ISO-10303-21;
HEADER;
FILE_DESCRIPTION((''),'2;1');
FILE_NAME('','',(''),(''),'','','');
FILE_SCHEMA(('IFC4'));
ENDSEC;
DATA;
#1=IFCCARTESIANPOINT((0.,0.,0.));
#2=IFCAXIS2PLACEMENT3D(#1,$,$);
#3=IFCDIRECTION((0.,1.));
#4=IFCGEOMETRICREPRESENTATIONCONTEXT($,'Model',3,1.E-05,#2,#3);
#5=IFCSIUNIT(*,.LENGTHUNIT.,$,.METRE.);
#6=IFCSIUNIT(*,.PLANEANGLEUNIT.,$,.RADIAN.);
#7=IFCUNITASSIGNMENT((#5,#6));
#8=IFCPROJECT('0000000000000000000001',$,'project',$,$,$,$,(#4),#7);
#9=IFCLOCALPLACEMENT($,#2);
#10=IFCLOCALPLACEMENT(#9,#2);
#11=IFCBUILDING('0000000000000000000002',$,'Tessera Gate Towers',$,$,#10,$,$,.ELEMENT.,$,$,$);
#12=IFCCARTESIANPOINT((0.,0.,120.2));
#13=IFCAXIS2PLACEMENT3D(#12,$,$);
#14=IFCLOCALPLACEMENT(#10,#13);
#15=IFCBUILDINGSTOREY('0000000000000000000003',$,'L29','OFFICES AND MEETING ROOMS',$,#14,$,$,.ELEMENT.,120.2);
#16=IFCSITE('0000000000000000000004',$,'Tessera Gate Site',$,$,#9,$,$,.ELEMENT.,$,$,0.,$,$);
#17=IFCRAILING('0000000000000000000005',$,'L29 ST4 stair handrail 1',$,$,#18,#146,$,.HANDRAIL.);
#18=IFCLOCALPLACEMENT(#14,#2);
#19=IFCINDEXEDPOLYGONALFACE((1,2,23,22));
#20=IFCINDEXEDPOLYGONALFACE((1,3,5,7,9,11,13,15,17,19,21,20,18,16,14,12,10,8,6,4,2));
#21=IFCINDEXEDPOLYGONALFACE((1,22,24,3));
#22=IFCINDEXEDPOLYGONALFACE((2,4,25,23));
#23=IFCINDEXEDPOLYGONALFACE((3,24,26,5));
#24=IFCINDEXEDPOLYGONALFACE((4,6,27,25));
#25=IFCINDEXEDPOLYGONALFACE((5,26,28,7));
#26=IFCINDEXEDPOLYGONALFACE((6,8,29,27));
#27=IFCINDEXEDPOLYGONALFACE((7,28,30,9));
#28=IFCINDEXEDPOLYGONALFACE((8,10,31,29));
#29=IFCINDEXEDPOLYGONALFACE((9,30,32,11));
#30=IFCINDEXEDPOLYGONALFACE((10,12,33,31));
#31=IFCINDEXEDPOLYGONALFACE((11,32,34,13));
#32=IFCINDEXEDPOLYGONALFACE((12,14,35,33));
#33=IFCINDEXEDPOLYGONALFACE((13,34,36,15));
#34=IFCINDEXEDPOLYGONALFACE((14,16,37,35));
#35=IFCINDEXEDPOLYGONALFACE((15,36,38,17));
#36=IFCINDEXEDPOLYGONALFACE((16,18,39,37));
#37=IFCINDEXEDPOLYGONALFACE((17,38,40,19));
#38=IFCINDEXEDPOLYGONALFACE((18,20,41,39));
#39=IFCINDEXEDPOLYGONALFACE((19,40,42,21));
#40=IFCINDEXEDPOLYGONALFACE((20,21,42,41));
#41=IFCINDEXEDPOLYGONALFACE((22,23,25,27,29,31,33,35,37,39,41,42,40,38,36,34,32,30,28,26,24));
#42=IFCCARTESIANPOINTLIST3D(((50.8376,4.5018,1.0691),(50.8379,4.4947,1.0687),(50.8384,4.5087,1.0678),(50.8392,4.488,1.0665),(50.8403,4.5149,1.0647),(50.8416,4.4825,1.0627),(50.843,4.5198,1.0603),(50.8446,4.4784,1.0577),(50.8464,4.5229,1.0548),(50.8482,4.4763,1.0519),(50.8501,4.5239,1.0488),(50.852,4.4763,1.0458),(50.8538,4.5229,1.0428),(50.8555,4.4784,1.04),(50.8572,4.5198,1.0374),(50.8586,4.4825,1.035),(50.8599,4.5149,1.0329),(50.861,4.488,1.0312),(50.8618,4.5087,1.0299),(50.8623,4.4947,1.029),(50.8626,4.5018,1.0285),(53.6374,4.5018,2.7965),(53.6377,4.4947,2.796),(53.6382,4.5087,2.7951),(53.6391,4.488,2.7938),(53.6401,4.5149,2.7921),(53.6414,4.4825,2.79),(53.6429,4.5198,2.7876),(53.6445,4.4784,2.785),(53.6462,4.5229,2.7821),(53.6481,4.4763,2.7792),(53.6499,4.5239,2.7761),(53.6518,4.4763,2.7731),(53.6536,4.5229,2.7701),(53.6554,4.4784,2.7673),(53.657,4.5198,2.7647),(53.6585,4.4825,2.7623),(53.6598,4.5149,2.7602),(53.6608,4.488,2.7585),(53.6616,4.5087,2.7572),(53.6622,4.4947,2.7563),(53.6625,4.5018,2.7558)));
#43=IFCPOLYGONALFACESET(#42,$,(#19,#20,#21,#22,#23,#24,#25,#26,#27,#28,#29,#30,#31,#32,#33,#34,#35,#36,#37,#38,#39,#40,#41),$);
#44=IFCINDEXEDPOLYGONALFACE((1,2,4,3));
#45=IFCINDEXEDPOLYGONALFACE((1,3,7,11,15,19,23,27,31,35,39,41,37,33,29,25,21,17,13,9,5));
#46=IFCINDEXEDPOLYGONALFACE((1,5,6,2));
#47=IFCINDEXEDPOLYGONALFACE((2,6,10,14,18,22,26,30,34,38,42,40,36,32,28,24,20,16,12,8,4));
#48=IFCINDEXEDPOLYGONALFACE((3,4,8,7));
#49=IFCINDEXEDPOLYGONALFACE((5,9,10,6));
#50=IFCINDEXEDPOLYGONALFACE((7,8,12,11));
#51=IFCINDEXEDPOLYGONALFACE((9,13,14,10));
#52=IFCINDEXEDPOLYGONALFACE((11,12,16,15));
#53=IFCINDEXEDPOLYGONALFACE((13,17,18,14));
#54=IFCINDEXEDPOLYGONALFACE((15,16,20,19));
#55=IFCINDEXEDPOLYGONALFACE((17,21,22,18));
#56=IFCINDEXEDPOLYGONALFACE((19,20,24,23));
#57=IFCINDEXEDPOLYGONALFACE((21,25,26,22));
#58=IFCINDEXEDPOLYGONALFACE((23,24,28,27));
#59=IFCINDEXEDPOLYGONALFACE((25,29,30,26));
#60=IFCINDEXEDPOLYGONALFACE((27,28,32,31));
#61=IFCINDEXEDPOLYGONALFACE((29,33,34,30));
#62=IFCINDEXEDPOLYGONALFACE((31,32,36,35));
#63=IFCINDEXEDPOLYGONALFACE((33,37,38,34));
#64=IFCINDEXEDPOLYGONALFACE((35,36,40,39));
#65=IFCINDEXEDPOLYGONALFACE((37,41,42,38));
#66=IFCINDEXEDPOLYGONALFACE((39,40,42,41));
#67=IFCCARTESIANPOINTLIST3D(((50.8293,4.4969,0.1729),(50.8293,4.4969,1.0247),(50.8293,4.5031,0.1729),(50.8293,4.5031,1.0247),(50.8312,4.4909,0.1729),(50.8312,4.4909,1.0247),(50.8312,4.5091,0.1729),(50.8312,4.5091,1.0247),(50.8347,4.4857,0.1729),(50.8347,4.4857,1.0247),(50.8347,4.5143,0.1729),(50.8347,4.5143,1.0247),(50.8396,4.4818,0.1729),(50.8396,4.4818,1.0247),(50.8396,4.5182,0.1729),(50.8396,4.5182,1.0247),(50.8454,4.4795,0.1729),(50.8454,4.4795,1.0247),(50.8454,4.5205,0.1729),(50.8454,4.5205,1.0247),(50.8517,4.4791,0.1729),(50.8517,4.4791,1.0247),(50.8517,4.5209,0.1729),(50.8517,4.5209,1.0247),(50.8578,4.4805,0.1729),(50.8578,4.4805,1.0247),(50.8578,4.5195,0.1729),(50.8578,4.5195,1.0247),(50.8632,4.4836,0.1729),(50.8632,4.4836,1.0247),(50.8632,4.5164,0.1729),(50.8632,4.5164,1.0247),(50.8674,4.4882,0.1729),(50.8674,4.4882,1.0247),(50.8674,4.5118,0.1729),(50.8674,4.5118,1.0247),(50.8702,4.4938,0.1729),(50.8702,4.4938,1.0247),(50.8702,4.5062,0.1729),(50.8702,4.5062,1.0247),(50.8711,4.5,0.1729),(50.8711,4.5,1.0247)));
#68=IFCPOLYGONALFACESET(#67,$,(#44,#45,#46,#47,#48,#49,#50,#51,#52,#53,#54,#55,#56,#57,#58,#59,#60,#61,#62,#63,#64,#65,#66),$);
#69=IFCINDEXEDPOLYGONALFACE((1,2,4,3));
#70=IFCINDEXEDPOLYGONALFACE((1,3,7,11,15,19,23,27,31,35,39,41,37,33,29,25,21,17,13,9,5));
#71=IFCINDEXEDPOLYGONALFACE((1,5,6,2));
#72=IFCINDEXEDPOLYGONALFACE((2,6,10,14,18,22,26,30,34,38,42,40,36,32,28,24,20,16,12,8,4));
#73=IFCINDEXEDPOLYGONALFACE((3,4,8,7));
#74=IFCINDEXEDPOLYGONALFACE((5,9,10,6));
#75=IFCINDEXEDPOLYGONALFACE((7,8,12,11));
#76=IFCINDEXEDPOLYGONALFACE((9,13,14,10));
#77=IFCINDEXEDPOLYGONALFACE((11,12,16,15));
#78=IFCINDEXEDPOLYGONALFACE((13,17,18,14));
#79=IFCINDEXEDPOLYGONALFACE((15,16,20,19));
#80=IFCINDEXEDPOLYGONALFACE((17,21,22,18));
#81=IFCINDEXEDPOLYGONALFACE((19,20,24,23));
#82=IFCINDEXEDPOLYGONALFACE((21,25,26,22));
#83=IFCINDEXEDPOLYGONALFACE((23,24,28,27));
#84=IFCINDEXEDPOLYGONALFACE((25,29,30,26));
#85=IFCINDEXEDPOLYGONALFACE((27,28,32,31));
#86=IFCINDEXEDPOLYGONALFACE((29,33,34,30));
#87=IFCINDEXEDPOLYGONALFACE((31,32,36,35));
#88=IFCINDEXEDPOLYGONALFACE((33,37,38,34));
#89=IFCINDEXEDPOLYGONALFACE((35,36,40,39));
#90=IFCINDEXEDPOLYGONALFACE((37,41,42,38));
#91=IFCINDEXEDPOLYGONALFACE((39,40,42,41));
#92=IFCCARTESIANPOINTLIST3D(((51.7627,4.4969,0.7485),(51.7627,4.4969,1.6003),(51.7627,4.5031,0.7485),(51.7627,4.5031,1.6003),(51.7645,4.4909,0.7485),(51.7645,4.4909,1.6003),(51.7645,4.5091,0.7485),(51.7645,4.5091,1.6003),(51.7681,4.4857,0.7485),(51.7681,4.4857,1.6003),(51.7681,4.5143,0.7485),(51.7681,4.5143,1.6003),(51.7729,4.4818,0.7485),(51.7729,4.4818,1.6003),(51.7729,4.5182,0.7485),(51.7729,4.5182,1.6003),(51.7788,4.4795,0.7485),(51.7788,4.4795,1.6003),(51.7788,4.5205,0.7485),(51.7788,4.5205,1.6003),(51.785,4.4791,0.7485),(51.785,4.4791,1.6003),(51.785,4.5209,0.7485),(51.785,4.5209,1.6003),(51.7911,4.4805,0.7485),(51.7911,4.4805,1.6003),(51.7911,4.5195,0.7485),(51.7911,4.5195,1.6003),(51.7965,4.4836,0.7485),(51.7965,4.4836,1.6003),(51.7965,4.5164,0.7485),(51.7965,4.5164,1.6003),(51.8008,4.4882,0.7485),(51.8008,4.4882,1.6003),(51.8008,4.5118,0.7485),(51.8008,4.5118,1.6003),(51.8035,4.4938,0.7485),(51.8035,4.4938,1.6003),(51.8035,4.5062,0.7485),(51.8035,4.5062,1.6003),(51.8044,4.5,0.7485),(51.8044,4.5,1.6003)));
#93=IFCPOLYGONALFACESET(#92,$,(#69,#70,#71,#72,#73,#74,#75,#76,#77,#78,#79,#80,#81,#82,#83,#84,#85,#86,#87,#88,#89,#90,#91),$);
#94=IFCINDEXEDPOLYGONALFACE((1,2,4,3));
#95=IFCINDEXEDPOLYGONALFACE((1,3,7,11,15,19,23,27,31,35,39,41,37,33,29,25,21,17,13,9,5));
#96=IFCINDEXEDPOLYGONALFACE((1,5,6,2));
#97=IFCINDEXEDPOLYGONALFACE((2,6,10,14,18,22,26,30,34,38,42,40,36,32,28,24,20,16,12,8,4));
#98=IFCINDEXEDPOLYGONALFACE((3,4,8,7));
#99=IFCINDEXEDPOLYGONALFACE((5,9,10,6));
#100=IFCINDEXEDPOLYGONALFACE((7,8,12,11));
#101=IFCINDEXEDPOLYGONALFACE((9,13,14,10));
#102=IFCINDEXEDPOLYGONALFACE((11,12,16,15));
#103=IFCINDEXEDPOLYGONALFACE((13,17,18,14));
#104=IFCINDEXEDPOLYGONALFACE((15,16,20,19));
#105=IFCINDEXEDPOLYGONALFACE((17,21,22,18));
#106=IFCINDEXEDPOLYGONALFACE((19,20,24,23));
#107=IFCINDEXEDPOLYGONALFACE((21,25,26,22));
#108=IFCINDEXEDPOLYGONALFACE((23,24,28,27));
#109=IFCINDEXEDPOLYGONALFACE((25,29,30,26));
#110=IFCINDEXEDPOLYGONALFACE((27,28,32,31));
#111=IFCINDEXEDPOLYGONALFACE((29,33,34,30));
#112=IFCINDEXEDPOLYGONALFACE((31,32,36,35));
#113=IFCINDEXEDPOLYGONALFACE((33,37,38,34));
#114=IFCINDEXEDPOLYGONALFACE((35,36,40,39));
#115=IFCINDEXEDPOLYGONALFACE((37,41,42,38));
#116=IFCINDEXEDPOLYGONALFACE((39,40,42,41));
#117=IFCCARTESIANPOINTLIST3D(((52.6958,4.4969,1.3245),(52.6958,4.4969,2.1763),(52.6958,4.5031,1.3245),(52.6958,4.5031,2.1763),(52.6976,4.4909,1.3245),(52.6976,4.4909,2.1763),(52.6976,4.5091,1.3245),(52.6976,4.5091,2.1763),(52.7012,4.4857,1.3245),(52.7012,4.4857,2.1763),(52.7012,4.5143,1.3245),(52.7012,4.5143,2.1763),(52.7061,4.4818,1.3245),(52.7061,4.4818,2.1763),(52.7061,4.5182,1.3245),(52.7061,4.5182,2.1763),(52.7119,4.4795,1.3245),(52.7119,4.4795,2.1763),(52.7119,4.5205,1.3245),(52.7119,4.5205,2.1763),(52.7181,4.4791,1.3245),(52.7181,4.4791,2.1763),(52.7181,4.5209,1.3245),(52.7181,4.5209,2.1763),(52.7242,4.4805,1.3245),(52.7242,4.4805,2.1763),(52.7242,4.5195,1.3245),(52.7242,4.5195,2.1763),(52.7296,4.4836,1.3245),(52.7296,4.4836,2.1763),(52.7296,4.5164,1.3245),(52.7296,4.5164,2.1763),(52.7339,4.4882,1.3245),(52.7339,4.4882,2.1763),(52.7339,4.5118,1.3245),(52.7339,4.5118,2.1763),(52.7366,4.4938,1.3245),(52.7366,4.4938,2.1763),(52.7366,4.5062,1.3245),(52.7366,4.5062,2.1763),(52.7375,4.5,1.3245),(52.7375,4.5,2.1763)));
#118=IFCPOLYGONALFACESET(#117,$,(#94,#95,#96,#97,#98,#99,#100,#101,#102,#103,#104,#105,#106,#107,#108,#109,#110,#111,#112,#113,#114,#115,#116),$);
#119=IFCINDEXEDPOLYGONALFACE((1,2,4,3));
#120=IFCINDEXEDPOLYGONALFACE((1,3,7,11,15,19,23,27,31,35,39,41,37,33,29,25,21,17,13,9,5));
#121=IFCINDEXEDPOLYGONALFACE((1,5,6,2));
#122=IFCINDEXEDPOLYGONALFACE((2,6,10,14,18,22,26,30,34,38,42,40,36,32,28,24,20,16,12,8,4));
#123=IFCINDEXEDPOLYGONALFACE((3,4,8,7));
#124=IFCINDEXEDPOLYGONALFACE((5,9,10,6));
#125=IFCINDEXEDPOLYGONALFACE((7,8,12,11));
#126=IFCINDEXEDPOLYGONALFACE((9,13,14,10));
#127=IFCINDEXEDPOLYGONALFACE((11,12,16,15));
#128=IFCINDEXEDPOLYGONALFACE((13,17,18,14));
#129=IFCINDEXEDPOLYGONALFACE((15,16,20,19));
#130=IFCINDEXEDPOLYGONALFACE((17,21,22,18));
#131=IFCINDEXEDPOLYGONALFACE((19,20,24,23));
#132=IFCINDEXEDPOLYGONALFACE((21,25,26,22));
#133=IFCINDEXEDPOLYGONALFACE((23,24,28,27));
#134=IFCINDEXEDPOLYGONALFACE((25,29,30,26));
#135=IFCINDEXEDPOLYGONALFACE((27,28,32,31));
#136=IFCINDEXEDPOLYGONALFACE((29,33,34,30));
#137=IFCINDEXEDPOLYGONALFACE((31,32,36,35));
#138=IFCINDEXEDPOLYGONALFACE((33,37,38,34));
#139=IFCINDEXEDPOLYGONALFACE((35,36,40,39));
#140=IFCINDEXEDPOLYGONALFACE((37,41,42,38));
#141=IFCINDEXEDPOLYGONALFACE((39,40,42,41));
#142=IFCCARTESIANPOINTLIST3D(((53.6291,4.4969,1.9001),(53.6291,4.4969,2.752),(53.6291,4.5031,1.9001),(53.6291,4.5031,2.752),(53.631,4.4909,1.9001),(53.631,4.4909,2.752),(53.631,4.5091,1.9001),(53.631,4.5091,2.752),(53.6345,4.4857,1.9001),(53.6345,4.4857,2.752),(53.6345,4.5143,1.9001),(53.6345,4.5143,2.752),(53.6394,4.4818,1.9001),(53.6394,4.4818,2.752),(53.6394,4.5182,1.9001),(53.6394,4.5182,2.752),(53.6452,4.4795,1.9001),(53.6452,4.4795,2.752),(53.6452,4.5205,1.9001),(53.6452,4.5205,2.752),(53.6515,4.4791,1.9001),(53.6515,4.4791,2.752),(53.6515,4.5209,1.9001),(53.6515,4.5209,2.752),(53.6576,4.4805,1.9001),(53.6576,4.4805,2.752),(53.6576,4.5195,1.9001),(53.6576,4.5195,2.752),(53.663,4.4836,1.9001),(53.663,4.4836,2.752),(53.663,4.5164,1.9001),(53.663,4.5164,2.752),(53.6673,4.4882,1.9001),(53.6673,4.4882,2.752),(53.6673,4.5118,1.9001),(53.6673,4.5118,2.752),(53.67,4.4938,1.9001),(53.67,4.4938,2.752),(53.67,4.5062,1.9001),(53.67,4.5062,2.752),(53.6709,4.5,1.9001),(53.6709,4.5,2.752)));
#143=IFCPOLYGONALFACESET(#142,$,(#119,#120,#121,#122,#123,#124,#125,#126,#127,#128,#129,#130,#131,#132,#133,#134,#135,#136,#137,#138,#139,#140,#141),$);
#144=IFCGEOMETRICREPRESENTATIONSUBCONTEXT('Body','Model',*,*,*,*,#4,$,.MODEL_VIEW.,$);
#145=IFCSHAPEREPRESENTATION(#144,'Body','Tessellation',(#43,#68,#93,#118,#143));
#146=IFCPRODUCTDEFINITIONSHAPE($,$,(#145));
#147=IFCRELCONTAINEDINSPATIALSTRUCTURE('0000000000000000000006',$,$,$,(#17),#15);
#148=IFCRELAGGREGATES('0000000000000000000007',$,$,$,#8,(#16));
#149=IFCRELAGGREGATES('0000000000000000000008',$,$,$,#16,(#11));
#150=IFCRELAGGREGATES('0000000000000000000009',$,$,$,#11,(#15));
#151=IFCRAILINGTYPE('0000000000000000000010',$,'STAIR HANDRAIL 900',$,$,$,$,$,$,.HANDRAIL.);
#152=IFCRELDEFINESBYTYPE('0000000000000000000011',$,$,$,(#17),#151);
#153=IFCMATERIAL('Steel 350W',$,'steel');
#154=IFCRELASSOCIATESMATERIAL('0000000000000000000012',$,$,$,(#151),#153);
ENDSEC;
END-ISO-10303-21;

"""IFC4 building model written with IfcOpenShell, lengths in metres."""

from ifc_helpers import new_model, si_unit, direction, frame, origin, origin_2d, place, context, subcontext, project, spatial, circle, extrude, material, type_object, element, save


model = new_model("IFC4")

# Units and contexts
model_context = context("Model", 3, precision=1e-05, world=origin(), true_north=direction((0.0, 1.0)))
body_context = subcontext(model_context, "Body", "Model", "MODEL_VIEW")
ifc_project = project(units=[si_unit("LENGTHUNIT", "METRE"), si_unit("PLANEANGLEUNIT", "RADIAN")], contexts=[model_context])

# Site, building, storey
site_placement = place(None, origin())
site = spatial("IfcSite", under=ifc_project, at=site_placement, Name="Tessera Gate Site", CompositionType="ELEMENT", RefElevation=0.0)
building_placement = place(site_placement, origin())
building = spatial("IfcBuilding", under=site, at=building_placement, Name="Tessera Gate Towers", CompositionType="ELEMENT")
storey_placement = place(building_placement, frame((0.0, 0.0, 120.2)))
storey = spatial("IfcBuildingStorey", under=building, at=storey_placement, Name="L29", Description="OFFICES AND MEETING ROOMS", CompositionType="ELEMENT", Elevation=120.2)

# Railing
ifc_material_1 = material(Name="Steel 350W", Category="steel")
railing_type_1 = type_object("IfcRailingType", Name="STAIR HANDRAIL 900", PredefinedType="HANDRAIL", material=ifc_material_1)
railing_1_placement = place(storey_placement, frame((50.8501, 4.5, 0.1729)))
element("IfcRailing", 1, at=railing_1_placement, inside=storey, type_object=railing_type_1, Name="L29 ST4 stair handrail 1", PredefinedType="HANDRAIL", context=body_context, shape_type="SweptSolid", body=[
    extrude(circle(Radius=0.0239, at=origin_2d()), frame((0.0, 0.0, 0.876), z_axis=(0.851069, 0.0, 0.525054), x_axis=(0.0, 1.0, 0.0)), (0.0, 0.0, 1.0), 3.2898),
    extrude(circle(Radius=0.021, at=origin_2d()), origin(), (0.0, 0.0, 1.0), 0.8518),
    extrude(circle(Radius=0.021, at=origin_2d()), frame((0.9333, 0.0, 0.5757)), (0.0, 0.0, 1.0), 0.8518),
    extrude(circle(Radius=0.021, at=origin_2d()), frame((1.8665, 0.0, 1.1516)), (0.0, 0.0, 1.0), 0.8518),
    extrude(circle(Radius=0.021, at=origin_2d()), frame((2.7998, 0.0, 1.7273)), (0.0, 0.0, 1.0), 0.8518),
])

save(model, "model.ifc")
